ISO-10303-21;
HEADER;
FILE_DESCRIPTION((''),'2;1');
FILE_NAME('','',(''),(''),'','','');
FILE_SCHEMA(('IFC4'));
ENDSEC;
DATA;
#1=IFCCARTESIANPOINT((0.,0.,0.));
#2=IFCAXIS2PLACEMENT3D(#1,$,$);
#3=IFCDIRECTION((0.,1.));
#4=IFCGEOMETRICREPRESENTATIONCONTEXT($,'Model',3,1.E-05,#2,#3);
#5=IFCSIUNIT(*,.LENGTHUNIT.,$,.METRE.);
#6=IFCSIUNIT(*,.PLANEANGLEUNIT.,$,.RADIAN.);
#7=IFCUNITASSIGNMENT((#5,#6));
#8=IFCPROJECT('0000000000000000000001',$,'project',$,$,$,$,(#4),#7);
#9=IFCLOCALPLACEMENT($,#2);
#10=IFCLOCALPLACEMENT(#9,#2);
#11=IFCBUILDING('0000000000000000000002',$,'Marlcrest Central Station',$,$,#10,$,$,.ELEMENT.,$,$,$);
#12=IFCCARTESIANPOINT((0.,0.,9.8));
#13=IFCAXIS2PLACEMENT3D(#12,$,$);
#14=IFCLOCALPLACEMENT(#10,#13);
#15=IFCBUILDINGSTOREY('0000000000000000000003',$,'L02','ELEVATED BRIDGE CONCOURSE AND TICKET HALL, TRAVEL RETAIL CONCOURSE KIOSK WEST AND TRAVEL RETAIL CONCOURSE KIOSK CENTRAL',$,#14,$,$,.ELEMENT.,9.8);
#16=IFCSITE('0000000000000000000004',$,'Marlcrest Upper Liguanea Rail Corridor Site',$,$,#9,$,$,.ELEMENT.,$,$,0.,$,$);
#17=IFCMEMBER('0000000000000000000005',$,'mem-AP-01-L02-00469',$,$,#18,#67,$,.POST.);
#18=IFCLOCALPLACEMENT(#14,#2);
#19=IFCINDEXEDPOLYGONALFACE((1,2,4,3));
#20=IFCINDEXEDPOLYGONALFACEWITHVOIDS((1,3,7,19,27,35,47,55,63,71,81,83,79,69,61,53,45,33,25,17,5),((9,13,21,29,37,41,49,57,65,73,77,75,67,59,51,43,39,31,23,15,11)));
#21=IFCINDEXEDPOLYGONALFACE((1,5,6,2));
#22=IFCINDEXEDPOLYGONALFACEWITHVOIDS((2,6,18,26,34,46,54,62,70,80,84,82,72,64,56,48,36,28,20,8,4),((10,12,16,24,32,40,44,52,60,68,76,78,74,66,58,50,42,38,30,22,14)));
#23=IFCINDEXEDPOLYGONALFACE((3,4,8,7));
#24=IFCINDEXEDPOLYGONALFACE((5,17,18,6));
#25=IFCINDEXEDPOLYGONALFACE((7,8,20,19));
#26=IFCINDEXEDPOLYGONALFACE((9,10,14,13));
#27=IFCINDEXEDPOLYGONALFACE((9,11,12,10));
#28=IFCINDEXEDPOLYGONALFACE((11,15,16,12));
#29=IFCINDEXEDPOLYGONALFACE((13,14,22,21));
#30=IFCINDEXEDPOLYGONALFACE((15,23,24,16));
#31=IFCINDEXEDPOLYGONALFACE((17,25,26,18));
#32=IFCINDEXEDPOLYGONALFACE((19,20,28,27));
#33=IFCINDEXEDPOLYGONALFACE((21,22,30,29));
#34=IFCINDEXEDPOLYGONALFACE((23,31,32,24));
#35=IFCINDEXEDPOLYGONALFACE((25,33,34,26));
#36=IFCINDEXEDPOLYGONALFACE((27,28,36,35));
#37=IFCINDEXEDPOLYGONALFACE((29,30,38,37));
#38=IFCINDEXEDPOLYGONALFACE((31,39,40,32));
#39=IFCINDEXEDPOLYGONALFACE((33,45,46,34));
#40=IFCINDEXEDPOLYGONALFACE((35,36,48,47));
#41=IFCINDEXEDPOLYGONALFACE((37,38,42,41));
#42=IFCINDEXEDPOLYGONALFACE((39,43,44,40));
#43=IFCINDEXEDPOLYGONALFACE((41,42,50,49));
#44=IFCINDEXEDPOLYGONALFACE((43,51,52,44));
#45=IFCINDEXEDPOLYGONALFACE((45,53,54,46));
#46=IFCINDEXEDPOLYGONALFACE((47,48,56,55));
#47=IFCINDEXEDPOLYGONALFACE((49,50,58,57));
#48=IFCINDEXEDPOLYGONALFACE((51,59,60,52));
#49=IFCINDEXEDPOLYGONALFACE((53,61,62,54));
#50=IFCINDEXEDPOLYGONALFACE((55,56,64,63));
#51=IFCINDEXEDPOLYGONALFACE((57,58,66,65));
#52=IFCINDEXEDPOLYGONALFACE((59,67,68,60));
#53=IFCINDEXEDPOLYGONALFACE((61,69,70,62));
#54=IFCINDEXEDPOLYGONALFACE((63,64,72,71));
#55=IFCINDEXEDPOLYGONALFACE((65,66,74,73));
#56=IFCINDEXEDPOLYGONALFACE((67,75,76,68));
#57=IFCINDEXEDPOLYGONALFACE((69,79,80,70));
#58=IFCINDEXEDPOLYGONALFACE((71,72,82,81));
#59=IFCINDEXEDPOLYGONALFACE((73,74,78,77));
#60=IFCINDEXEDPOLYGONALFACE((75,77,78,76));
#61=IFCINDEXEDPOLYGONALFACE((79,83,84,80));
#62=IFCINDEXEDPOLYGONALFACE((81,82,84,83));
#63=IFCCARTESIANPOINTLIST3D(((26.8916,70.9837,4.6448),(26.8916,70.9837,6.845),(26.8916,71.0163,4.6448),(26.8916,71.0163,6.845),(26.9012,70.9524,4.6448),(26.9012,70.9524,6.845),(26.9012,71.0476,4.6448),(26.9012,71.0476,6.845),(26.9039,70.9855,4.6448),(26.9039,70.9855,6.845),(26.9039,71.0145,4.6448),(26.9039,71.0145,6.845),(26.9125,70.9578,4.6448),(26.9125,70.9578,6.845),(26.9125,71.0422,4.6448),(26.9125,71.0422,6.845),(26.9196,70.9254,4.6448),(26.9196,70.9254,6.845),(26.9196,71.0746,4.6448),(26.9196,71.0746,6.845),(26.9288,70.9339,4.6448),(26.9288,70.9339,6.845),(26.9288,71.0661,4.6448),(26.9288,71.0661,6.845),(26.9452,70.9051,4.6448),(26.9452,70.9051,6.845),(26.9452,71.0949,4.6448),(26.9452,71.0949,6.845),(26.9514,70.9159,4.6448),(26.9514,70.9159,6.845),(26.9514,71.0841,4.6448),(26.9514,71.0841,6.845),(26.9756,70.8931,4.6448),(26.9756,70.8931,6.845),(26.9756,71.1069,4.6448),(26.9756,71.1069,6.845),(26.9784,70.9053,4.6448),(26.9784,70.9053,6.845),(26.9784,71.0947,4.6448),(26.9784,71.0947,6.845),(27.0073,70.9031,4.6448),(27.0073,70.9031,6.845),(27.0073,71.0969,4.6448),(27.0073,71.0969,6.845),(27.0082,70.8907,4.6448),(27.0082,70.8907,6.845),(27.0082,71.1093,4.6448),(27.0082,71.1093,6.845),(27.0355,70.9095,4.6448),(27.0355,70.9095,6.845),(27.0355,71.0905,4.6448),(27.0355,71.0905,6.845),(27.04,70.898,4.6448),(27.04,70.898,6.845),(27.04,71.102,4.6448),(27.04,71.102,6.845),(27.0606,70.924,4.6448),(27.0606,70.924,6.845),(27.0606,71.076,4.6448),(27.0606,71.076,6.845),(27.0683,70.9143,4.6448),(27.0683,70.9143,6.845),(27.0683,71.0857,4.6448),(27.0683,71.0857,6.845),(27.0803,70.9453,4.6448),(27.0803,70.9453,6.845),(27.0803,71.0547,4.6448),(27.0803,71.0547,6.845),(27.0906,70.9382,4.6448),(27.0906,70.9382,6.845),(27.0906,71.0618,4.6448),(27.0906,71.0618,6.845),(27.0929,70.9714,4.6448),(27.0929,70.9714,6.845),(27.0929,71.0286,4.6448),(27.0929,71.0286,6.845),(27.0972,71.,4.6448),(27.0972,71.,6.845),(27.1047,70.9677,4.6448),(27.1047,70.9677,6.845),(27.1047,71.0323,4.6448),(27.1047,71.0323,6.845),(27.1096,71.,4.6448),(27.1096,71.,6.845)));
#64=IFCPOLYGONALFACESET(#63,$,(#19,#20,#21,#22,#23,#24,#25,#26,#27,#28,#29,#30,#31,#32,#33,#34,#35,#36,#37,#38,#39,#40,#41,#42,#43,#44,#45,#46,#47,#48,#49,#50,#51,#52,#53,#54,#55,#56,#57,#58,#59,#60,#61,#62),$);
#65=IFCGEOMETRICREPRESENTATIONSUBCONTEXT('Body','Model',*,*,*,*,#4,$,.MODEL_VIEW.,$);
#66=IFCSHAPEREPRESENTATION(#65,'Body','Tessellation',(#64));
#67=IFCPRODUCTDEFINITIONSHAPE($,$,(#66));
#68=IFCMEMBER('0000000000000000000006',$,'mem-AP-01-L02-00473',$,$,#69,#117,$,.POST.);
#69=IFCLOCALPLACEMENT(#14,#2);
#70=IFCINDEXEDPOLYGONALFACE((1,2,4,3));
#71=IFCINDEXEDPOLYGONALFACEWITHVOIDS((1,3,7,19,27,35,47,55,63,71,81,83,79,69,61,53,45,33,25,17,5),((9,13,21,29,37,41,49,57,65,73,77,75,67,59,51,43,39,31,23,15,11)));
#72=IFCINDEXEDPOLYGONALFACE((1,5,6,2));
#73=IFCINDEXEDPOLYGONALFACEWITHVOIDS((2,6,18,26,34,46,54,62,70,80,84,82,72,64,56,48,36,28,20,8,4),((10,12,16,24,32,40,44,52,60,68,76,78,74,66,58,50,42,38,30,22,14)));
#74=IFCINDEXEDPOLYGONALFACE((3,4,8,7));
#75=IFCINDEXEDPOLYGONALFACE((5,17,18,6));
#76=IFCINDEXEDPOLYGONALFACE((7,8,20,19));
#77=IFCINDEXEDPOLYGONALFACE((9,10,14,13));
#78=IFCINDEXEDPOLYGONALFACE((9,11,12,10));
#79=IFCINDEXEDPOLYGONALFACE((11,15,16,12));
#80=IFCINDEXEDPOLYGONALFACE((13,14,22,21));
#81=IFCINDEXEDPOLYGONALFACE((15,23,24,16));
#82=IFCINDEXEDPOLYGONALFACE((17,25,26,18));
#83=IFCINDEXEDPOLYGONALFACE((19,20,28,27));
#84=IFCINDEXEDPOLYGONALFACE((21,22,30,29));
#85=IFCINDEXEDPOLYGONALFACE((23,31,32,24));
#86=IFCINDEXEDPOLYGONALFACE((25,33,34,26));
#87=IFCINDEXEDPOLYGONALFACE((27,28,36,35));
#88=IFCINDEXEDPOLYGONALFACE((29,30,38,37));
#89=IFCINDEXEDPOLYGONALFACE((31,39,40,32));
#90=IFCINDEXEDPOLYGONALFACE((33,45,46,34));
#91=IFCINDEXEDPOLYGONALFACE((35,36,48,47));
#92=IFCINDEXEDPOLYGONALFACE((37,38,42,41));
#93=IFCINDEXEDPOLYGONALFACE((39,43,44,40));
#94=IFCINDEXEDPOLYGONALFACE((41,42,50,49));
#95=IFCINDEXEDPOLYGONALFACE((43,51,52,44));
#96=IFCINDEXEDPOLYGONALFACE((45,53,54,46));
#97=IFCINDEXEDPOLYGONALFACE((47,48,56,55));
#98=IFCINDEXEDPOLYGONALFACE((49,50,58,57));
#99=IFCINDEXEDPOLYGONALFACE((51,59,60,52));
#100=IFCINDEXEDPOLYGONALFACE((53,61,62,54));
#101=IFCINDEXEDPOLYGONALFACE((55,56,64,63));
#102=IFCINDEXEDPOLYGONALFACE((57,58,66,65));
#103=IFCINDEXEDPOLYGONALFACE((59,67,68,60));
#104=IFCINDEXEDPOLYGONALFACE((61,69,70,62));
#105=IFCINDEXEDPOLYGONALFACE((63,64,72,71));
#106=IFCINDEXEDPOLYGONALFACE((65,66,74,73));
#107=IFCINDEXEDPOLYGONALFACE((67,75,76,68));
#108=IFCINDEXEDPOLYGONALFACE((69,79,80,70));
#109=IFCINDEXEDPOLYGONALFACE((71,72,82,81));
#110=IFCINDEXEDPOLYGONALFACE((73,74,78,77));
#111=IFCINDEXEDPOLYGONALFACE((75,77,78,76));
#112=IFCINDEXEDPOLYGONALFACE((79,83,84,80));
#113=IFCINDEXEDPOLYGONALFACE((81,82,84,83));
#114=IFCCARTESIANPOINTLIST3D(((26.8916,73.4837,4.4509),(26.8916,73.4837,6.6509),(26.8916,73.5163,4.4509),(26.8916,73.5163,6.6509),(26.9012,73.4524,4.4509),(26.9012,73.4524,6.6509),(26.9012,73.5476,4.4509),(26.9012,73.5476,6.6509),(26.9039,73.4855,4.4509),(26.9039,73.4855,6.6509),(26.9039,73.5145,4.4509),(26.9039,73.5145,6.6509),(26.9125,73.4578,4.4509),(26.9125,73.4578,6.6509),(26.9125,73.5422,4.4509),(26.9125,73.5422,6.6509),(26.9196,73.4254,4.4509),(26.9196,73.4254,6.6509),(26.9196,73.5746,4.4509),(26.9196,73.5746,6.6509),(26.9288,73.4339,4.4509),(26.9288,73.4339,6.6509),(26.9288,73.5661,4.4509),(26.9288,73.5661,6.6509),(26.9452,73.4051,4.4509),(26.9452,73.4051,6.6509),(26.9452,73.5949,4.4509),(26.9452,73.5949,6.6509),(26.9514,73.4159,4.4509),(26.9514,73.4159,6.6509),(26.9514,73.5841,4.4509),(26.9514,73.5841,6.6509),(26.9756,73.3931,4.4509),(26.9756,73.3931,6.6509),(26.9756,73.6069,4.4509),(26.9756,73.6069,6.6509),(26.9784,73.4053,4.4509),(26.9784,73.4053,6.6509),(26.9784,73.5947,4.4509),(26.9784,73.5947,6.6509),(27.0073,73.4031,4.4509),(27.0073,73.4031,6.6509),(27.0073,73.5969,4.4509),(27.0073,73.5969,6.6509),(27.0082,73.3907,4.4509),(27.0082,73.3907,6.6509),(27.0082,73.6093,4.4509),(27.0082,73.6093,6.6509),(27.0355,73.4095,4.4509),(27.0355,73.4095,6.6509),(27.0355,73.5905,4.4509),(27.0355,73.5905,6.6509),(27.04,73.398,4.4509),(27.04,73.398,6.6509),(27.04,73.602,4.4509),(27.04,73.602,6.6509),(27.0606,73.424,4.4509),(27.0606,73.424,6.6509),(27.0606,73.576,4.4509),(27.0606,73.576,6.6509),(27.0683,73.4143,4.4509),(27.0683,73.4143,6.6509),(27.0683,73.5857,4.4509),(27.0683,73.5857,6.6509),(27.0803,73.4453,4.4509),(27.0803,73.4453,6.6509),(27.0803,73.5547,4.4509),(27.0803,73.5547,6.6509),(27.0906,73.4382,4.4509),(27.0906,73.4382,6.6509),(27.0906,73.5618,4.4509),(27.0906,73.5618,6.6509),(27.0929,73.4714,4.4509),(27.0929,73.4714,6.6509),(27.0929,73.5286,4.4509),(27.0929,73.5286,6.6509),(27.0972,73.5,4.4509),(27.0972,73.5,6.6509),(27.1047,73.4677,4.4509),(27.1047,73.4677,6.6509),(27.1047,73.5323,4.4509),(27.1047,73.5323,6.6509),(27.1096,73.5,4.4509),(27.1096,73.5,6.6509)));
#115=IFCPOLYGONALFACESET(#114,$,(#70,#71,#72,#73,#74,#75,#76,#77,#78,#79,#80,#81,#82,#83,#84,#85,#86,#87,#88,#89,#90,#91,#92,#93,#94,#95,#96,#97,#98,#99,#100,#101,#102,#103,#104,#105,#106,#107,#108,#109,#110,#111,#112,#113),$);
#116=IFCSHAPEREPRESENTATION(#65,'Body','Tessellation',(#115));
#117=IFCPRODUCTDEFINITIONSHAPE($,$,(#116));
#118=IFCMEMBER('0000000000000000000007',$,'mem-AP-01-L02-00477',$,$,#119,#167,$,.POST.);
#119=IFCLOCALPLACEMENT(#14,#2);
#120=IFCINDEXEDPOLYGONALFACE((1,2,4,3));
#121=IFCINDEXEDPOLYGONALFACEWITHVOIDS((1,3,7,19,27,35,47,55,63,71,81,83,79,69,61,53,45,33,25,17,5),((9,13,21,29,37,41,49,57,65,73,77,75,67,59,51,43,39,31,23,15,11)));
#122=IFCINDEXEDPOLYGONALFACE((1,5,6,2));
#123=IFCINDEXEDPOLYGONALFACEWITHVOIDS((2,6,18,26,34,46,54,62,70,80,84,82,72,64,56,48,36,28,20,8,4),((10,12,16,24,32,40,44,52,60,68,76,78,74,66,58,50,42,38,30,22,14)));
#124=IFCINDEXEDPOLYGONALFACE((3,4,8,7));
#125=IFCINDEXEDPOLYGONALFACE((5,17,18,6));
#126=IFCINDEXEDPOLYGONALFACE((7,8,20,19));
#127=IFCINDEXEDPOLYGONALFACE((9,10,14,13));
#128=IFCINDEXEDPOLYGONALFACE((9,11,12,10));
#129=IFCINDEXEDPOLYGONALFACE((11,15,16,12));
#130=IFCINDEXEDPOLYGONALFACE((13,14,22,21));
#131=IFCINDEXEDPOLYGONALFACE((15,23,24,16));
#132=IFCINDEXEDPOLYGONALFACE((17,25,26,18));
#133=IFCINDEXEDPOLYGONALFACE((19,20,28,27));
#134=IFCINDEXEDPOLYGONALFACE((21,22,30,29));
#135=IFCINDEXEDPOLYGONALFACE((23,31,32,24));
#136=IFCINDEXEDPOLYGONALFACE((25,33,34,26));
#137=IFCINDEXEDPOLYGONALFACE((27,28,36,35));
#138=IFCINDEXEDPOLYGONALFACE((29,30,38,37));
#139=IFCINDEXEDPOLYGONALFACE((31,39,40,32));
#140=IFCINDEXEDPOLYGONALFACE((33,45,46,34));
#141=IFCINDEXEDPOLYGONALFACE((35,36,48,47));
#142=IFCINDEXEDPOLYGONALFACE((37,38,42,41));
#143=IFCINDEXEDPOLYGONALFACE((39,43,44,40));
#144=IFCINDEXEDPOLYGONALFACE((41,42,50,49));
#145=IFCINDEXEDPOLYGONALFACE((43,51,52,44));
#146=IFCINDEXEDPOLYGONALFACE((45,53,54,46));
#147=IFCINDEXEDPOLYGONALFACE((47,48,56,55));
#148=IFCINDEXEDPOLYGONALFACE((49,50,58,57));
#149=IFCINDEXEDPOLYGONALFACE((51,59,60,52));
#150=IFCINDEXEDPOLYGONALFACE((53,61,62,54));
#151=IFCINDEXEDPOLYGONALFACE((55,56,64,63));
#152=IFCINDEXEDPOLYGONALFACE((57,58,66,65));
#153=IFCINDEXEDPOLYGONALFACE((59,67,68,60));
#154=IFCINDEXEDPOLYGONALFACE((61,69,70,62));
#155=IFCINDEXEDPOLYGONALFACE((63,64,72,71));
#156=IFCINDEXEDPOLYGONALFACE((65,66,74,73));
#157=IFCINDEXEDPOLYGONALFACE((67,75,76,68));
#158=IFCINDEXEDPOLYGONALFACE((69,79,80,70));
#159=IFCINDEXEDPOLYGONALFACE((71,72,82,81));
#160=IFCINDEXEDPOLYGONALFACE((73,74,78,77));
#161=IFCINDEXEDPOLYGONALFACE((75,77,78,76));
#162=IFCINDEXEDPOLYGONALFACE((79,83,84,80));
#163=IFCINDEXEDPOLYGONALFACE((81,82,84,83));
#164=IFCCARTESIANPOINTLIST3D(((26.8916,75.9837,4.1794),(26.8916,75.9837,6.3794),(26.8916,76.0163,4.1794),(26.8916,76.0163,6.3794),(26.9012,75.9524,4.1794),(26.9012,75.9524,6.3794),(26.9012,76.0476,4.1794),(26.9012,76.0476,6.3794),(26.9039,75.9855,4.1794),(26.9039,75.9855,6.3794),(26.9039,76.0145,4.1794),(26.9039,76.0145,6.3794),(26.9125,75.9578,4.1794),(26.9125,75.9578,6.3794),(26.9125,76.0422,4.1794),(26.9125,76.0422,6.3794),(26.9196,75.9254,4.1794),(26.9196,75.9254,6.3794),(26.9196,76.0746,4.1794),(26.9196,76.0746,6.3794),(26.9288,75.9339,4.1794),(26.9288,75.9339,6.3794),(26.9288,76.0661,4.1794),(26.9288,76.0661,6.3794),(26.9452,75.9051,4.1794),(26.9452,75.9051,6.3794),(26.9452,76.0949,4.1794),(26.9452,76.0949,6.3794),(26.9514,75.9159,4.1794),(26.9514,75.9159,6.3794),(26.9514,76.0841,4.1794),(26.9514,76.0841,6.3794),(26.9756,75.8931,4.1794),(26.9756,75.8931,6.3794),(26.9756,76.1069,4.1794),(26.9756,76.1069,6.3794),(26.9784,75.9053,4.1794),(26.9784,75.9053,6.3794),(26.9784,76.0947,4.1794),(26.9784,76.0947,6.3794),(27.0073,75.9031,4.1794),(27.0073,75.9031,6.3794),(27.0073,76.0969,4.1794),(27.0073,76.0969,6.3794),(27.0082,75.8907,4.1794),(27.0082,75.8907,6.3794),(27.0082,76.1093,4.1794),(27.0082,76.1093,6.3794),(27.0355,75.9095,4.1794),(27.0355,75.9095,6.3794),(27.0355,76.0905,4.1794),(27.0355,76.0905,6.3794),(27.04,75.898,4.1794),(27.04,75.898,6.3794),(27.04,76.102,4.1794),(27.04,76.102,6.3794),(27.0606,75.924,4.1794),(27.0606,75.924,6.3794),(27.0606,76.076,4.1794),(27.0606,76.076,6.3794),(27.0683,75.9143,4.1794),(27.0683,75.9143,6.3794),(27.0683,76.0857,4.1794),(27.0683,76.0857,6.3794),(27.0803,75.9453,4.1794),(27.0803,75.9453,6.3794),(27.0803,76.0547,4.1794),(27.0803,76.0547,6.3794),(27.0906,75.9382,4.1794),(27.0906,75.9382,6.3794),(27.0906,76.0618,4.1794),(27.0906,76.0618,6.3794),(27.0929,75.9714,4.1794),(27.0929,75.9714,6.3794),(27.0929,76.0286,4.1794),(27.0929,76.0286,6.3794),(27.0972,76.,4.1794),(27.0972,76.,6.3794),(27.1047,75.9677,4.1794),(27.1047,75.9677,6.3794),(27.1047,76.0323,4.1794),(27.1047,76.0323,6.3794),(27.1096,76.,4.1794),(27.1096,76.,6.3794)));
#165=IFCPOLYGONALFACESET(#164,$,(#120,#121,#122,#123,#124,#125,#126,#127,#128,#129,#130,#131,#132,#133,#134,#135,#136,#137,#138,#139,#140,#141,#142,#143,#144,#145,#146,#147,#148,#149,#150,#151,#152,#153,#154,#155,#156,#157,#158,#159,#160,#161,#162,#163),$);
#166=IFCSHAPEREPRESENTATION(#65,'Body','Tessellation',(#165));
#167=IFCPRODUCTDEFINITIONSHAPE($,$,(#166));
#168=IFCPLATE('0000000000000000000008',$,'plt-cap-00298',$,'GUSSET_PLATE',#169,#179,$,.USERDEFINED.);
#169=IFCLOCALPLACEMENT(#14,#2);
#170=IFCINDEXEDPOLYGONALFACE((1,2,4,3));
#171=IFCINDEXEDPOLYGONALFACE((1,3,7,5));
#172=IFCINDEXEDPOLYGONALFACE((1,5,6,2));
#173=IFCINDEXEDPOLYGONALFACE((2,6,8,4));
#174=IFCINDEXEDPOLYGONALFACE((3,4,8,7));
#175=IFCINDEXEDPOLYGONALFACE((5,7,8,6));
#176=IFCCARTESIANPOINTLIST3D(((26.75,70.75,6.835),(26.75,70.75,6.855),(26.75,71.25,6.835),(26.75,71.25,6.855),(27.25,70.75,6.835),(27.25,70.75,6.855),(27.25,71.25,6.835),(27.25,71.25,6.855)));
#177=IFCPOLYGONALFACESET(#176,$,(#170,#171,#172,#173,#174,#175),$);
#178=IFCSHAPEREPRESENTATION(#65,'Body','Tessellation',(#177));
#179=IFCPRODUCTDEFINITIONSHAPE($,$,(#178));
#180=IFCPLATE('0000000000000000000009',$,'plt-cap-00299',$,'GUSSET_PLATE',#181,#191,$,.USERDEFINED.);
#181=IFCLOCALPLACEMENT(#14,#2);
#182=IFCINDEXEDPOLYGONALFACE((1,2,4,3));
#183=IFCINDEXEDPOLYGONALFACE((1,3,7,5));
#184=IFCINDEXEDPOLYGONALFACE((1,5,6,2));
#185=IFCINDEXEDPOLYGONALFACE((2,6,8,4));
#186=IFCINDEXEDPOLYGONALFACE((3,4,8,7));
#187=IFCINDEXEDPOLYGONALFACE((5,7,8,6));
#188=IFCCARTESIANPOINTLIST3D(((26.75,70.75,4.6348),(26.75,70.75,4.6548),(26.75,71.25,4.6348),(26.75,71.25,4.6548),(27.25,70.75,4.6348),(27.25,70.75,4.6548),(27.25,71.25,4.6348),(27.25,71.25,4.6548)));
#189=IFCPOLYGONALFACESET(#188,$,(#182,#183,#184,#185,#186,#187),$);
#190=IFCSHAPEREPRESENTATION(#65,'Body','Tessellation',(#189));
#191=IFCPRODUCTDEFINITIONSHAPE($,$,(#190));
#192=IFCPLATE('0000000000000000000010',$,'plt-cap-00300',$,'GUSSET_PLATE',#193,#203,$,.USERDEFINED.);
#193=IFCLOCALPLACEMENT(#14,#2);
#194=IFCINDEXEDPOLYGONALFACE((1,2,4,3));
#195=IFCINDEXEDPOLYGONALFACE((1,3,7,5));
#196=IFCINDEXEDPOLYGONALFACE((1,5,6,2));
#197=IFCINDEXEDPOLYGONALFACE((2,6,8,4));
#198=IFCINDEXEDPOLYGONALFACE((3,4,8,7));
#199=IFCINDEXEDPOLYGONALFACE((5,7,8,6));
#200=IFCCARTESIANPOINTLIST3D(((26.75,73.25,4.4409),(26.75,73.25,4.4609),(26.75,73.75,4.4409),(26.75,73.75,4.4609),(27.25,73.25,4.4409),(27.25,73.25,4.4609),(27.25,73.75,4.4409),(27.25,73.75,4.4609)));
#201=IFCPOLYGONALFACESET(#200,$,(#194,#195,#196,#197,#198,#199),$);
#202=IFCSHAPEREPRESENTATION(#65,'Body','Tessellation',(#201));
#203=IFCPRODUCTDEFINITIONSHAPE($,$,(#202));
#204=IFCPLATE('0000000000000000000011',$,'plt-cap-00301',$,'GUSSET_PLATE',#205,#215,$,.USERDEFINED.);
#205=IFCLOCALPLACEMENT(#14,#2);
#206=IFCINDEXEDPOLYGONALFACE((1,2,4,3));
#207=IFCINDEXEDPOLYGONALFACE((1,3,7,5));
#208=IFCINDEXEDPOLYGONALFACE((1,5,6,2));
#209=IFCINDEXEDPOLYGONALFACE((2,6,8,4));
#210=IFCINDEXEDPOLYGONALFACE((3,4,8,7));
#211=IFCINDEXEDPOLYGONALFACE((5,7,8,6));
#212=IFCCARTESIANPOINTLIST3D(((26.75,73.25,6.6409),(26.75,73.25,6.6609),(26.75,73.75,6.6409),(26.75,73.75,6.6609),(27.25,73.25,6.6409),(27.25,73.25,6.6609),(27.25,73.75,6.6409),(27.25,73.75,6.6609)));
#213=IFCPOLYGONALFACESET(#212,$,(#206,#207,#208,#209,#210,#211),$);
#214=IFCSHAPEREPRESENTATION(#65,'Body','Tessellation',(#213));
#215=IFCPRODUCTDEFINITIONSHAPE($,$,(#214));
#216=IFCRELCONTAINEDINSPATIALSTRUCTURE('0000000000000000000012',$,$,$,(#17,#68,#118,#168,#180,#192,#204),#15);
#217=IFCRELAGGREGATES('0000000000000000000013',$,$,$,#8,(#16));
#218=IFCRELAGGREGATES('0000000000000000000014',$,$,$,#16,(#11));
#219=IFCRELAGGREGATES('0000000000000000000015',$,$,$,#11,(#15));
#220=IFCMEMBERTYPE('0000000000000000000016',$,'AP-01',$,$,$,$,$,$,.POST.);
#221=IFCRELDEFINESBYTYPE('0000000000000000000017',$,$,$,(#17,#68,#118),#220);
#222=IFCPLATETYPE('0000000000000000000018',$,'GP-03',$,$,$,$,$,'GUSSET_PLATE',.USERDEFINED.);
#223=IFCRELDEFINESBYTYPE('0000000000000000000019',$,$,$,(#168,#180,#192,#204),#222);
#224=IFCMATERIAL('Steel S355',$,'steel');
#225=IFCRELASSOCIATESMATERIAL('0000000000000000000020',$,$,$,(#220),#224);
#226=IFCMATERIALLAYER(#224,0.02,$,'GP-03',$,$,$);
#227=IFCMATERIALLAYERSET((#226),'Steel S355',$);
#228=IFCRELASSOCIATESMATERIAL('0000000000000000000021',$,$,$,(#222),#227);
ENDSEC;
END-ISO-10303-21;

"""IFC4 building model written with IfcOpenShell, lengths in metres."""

from ifc_helpers import new_model, si_unit, direction, frame, origin, origin_2d, place, context, subcontext, project, spatial, rectangle, hollow_circle, extrude, material, layer, layer_set, material_profile, profile_set, type_object, element, save


model = new_model("IFC4")

# Units and contexts
model_context = context("Model", 3, precision=1e-05, world=origin(), true_north=direction((0.0, 1.0)))
body_context = subcontext(model_context, "Body", "Model", "MODEL_VIEW")
ifc_project = project(units=[si_unit("LENGTHUNIT", "METRE"), si_unit("PLANEANGLEUNIT", "RADIAN")], contexts=[model_context])

# Site, building, storey
site_placement = place(None, origin())
site = spatial("IfcSite", under=ifc_project, at=site_placement, Name="Marlcrest Upper Liguanea Rail Corridor Site", CompositionType="ELEMENT", RefElevation=0.0)
building_placement = place(site_placement, origin())
building = spatial("IfcBuilding", under=site, at=building_placement, Name="Marlcrest Central Station", CompositionType="ELEMENT")
storey_placement = place(building_placement, frame((0.0, 0.0, 9.8)))
storey = spatial("IfcBuildingStorey", under=building, at=storey_placement, Name="L02", Description="ELEVATED BRIDGE CONCOURSE AND TICKET HALL, TRAVEL RETAIL CONCOURSE KIOSK WEST AND TRAVEL RETAIL CONCOURSE KIOSK CENTRAL", CompositionType="ELEMENT", Elevation=9.8)

# Members
ifc_material = material(Name="Steel S355", Category="steel")
ifc_material_profile_1 = material_profile(ifc_material, hollow_circle(Radius=0.1096, WallThickness=0.0125, at=origin_2d()), Name="CHS 219.1x12.5")
ifc_profile_set_1 = profile_set([ifc_material_profile_1], Name="Steel S355")
member_type_1 = type_object("IfcMemberType", Name="AP-01", PredefinedType="POST", material=ifc_profile_set_1)
member_1_placement = place(storey_placement, frame((27.0, 71.0, 4.6448), z_axis=(0.0, 0.0, 1.0), x_axis=(1.0, 0.0, 0.0)))
element("IfcMember", 1, at=member_1_placement, inside=storey, type_object=member_type_1, Name="mem-AP-01-L02-00469", PredefinedType="POST", context=body_context, shape_type="SweptSolid", body=[
    extrude(hollow_circle(Radius=0.1096, WallThickness=0.0125, at=origin_2d()), origin(), (0.0, 0.0, 1.0), 2.2002),
])
for number, where, z_axis, x_axis, name in (
    (2, (27.0, 73.5, 4.4509), (0.0, 0.0, 1.0), (1.0, 0.0, 0.0), "mem-AP-01-L02-00473"),
    (3, (27.0, 76.0, 4.1794), (0.0, 0.0, 1.0), (1.0, 0.0, 0.0), "mem-AP-01-L02-00477"),
):
    element("IfcMember", number, at=place(storey_placement, frame(where, z_axis=z_axis, x_axis=x_axis)), inside=storey, type_object=member_type_1, Name=name, PredefinedType="POST", context=body_context, shape_type="SweptSolid", body=[
        extrude(hollow_circle(Radius=0.1096, WallThickness=0.0125, at=origin_2d()), origin(), (0.0, 0.0, 1.0), 2.2),
    ])

# Plates
ifc_layer = layer(ifc_material, 0.02, Name="GP-03")
ifc_layer_set = layer_set([ifc_layer], Name="Steel S355")
plate_type = type_object("IfcPlateType", Name="GP-03", ElementType="GUSSET_PLATE", PredefinedType="USERDEFINED", material=ifc_layer_set)
for number, where, z_axis, x_axis, name in (
    (4, (27.0, 71.0, 6.835), (0.0, 0.0, 1.0), (1.0, 0.0, 0.0), "plt-cap-00298"),
    (5, (27.0, 71.0, 4.6348), (0.0, 0.0, 1.0), (1.0, 0.0, 0.0), "plt-cap-00299"),
    (6, (27.0, 73.5, 4.4409), (0.0, 0.0, 1.0), (1.0, 0.0, 0.0), "plt-cap-00300"),
    (7, (27.0, 73.5, 6.6409), (0.0, 0.0, 1.0), (1.0, 0.0, 0.0), "plt-cap-00301"),
):
    element("IfcPlate", number, at=place(storey_placement, frame(where, z_axis=z_axis, x_axis=x_axis)), inside=storey, type_object=plate_type, Name=name, ObjectType="GUSSET_PLATE", PredefinedType="USERDEFINED", context=body_context, shape_type="SweptSolid", body=[
        extrude(rectangle(XDim=0.5, YDim=0.5, at=origin_2d()), origin(), (0.0, 0.0, 1.0), 0.02),
    ])

save(model, "model.ifc")
